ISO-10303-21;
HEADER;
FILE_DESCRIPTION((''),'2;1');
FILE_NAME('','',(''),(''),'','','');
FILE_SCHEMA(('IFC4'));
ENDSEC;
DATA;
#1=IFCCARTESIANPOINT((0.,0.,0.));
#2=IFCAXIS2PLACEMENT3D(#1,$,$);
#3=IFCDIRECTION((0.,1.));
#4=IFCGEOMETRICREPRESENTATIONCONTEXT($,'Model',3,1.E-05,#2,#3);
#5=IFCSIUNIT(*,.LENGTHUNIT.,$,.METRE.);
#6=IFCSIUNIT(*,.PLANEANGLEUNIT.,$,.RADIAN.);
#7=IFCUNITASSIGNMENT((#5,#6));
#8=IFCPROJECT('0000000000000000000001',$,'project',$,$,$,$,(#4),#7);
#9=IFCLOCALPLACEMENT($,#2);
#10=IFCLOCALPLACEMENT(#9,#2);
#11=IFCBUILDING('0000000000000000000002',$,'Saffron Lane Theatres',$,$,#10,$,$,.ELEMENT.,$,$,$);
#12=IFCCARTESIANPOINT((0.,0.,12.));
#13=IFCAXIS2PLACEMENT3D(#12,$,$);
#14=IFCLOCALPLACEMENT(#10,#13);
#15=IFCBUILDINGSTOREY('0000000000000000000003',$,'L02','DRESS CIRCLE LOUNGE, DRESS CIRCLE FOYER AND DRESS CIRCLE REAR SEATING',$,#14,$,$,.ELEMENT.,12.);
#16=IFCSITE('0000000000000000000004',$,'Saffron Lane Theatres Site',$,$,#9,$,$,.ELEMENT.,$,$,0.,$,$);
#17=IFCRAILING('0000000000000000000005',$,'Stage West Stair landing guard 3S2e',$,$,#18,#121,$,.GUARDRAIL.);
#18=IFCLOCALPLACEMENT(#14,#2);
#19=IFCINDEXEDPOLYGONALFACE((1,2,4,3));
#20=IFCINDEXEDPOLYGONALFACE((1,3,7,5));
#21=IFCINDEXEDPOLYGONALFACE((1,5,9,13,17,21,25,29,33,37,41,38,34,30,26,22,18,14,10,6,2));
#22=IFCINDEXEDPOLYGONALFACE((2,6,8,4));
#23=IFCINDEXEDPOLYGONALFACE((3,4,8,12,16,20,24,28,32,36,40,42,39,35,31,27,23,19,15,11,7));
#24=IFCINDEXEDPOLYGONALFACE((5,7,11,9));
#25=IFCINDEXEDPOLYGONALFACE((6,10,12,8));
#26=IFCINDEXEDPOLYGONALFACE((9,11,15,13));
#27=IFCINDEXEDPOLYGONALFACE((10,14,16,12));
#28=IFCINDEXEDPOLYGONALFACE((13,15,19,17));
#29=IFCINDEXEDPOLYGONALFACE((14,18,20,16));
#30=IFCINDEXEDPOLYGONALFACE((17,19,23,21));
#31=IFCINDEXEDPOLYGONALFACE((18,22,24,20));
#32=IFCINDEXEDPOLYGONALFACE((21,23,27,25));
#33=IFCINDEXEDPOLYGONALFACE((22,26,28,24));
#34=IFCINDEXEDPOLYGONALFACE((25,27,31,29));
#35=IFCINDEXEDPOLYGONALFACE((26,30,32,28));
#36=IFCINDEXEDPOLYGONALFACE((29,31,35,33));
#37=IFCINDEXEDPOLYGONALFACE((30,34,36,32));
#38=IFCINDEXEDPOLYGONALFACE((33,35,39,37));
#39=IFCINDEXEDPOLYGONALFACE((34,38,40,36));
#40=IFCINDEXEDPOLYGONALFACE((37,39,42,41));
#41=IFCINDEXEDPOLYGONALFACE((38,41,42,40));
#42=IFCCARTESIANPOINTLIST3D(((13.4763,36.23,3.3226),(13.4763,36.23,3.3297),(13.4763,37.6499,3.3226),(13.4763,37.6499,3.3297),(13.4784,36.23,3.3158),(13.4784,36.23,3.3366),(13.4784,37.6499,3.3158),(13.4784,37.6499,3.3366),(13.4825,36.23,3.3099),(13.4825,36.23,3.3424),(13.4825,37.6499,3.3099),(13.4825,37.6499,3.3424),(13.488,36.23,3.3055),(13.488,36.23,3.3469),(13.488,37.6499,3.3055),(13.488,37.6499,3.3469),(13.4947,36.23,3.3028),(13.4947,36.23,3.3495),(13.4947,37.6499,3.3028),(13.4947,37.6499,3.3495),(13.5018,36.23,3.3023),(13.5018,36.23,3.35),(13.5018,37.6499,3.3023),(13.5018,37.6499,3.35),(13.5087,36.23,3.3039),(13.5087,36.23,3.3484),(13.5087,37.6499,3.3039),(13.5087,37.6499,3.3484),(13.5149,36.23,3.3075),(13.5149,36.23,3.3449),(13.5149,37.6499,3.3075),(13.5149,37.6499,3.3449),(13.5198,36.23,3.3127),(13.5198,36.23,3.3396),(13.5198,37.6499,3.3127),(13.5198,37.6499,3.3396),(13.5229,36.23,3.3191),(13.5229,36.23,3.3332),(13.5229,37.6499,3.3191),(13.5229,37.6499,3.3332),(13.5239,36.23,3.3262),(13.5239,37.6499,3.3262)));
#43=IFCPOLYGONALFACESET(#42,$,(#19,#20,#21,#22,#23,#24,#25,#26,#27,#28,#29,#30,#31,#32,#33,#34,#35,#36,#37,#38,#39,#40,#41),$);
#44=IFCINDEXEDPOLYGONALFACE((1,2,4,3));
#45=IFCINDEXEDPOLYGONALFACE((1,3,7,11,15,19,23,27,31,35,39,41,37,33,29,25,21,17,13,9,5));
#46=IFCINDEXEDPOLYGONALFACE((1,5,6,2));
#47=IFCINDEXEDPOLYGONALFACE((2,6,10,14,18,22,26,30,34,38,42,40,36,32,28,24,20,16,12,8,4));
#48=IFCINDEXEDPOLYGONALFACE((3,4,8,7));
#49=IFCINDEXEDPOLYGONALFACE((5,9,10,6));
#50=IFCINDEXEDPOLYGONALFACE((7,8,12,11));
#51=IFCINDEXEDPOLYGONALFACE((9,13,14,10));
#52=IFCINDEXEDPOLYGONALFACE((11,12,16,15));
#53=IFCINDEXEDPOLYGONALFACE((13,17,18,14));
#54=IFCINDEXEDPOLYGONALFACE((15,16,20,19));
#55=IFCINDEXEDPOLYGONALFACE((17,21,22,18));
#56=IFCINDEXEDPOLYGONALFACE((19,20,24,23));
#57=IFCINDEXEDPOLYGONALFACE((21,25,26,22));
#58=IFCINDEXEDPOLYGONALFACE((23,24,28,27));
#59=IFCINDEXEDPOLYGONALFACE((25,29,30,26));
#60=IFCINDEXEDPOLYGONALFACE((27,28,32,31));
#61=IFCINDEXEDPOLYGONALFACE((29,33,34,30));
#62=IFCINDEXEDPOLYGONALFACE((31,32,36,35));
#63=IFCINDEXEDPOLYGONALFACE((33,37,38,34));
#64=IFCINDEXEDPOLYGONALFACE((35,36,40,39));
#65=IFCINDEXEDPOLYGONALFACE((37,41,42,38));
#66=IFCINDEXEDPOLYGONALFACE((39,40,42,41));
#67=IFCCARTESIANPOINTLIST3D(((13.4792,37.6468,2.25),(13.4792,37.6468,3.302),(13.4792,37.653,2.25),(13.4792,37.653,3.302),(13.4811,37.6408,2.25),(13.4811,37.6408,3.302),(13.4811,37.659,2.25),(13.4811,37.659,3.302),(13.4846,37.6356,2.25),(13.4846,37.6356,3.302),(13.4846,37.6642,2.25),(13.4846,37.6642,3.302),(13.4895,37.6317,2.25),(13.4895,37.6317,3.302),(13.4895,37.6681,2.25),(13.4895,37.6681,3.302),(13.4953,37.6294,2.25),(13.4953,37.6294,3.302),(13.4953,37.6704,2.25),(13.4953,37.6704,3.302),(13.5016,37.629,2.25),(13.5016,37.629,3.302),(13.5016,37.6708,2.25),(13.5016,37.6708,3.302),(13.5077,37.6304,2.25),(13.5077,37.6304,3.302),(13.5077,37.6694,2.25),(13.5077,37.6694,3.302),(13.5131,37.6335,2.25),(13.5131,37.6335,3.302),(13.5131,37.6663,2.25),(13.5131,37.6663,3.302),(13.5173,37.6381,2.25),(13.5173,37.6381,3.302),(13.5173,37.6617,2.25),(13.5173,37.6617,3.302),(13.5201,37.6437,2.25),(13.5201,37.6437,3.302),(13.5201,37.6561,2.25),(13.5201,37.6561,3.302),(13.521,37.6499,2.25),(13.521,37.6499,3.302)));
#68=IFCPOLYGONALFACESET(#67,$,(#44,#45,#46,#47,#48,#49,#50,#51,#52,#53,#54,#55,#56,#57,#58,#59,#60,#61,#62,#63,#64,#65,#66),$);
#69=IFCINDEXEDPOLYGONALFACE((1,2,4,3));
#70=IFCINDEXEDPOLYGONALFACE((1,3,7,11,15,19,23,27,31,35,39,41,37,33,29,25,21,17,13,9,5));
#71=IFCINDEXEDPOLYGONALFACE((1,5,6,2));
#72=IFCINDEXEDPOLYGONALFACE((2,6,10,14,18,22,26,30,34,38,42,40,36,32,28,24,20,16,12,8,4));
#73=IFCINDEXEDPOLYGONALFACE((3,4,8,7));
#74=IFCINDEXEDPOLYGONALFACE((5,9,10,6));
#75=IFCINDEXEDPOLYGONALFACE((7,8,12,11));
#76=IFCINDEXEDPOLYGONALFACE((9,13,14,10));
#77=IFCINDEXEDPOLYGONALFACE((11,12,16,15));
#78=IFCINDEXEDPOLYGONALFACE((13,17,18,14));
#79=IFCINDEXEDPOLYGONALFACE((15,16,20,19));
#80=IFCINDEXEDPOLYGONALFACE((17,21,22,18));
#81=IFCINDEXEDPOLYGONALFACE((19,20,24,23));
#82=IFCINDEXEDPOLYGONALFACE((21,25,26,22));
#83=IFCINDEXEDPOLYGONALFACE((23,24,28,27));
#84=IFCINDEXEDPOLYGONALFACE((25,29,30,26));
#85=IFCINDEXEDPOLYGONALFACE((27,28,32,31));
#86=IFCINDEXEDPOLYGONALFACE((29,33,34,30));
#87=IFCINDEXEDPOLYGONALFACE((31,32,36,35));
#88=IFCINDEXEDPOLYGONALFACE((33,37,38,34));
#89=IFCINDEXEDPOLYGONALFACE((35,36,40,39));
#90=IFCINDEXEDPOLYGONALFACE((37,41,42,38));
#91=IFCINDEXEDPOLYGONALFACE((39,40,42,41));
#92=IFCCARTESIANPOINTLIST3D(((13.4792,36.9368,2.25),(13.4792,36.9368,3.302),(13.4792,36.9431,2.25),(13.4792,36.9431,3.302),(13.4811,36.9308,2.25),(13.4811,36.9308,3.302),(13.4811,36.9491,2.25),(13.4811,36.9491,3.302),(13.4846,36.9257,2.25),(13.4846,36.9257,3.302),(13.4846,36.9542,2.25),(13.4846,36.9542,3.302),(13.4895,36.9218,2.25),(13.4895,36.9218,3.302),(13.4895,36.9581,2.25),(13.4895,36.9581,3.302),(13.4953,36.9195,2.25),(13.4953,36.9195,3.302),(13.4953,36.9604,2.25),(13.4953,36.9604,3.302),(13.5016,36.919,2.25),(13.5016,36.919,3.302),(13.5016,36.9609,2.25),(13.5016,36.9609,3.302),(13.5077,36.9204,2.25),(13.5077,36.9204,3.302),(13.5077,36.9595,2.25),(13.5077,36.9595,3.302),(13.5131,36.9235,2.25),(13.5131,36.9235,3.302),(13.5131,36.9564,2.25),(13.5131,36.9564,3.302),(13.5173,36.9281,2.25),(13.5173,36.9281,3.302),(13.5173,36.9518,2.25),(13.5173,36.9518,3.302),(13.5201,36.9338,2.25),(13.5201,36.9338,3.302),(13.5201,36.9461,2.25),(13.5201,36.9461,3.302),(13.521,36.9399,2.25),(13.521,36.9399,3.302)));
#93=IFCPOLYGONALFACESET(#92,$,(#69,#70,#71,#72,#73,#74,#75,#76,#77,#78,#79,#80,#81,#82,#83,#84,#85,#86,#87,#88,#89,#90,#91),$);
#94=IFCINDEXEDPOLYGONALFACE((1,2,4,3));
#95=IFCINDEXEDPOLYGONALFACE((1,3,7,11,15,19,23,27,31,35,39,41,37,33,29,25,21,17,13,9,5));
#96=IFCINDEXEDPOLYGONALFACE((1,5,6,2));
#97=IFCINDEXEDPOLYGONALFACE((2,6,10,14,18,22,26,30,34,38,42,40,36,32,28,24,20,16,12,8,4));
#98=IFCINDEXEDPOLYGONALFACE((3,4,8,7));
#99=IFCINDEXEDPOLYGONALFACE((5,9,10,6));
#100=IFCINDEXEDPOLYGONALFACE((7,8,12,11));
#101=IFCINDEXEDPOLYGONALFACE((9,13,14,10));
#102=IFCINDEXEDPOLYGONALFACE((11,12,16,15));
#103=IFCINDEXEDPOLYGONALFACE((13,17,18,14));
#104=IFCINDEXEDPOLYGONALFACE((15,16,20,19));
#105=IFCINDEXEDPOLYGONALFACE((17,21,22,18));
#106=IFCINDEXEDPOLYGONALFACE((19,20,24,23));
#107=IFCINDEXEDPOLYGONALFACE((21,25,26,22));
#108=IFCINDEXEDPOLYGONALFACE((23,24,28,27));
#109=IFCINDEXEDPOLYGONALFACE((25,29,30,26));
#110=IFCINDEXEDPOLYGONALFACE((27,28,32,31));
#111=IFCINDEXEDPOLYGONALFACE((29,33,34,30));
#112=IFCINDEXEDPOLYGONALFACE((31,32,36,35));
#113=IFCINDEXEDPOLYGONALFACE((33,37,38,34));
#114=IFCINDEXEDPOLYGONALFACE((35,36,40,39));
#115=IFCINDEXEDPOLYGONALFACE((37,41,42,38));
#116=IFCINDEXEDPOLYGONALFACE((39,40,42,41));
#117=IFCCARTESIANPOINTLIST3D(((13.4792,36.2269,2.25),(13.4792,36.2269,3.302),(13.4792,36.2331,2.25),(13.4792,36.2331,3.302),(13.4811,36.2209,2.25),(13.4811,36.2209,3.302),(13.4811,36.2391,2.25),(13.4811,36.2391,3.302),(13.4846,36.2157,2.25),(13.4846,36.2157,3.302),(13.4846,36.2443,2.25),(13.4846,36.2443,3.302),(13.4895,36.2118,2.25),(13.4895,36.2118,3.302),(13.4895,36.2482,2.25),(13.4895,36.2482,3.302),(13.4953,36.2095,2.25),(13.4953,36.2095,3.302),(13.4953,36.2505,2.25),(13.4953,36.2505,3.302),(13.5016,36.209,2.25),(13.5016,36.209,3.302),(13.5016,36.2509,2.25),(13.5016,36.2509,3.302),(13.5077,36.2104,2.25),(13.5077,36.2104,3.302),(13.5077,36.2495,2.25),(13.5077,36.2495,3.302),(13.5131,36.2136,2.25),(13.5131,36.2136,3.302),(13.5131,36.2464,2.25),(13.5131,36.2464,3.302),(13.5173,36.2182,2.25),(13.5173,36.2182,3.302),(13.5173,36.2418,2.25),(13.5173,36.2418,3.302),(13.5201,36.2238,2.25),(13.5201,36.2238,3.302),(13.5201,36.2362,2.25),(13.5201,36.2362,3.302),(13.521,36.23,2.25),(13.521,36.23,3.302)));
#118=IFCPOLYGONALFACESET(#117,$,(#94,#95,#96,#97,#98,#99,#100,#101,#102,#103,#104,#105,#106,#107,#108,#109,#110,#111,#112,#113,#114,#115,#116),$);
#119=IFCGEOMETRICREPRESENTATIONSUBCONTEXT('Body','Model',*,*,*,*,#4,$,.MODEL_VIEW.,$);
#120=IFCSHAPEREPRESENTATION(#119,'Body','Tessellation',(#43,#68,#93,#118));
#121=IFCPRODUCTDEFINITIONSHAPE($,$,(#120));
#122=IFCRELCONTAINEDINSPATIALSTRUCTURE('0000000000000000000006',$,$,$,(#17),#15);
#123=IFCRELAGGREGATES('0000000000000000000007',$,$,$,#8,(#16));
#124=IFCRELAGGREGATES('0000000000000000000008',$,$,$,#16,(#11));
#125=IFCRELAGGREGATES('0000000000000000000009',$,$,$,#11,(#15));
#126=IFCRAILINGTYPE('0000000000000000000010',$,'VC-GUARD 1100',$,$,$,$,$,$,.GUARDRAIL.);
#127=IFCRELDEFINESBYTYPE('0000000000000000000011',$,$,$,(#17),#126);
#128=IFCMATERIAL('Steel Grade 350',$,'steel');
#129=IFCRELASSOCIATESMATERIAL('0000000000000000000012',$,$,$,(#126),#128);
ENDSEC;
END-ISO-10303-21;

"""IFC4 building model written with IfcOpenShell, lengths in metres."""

from ifc_helpers import new_model, si_unit, direction, frame, origin, origin_2d, place, context, subcontext, project, spatial, circle, extrude, material, type_object, element, save


model = new_model("IFC4")

# Units and contexts
model_context = context("Model", 3, precision=1e-05, world=origin(), true_north=direction((0.0, 1.0)))
body_context = subcontext(model_context, "Body", "Model", "MODEL_VIEW")
ifc_project = project(units=[si_unit("LENGTHUNIT", "METRE"), si_unit("PLANEANGLEUNIT", "RADIAN")], contexts=[model_context])

# Site, building, storey
site_placement = place(None, origin())
site = spatial("IfcSite", under=ifc_project, at=site_placement, Name="Saffron Lane Theatres Site", CompositionType="ELEMENT", RefElevation=0.0)
building_placement = place(site_placement, origin())
building = spatial("IfcBuilding", under=site, at=building_placement, Name="Saffron Lane Theatres", CompositionType="ELEMENT")
storey_placement = place(building_placement, frame((0.0, 0.0, 12.0)))
storey = spatial("IfcBuildingStorey", under=building, at=storey_placement, Name="L02", Description="DRESS CIRCLE LOUNGE, DRESS CIRCLE FOYER AND DRESS CIRCLE REAR SEATING", CompositionType="ELEMENT", Elevation=12.0)

# Railing
ifc_material_1 = material(Name="Steel Grade 350", Category="steel")
railing_type_1 = type_object("IfcRailingType", Name="VC-GUARD 1100", PredefinedType="GUARDRAIL", material=ifc_material_1)
railing_1_placement = place(storey_placement, frame((13.5, 37.6499, 2.25)))
element("IfcRailing", 1, at=railing_1_placement, inside=storey, type_object=railing_type_1, Name="Stage West Stair landing guard 3S2e", PredefinedType="GUARDRAIL", context=body_context, shape_type="SweptSolid", body=[
    extrude(circle(Radius=0.0239, at=origin_2d()), frame((0.0, 0.0, 1.0762), z_axis=(0.0, -1.0, 0.0), x_axis=(1.0, 0.0, 0.0)), (0.0, 0.0, 1.0), 1.4199),
    extrude(circle(Radius=0.021, at=origin_2d()), origin(), (0.0, 0.0, 1.0), 1.052),
    extrude(circle(Radius=0.021, at=origin_2d()), frame((0.0, -0.71, 0.0)), (0.0, 0.0, 1.0), 1.052),
    extrude(circle(Radius=0.021, at=origin_2d()), frame((0.0, -1.4199, 0.0)), (0.0, 0.0, 1.0), 1.052),
])

save(model, "model.ifc")
